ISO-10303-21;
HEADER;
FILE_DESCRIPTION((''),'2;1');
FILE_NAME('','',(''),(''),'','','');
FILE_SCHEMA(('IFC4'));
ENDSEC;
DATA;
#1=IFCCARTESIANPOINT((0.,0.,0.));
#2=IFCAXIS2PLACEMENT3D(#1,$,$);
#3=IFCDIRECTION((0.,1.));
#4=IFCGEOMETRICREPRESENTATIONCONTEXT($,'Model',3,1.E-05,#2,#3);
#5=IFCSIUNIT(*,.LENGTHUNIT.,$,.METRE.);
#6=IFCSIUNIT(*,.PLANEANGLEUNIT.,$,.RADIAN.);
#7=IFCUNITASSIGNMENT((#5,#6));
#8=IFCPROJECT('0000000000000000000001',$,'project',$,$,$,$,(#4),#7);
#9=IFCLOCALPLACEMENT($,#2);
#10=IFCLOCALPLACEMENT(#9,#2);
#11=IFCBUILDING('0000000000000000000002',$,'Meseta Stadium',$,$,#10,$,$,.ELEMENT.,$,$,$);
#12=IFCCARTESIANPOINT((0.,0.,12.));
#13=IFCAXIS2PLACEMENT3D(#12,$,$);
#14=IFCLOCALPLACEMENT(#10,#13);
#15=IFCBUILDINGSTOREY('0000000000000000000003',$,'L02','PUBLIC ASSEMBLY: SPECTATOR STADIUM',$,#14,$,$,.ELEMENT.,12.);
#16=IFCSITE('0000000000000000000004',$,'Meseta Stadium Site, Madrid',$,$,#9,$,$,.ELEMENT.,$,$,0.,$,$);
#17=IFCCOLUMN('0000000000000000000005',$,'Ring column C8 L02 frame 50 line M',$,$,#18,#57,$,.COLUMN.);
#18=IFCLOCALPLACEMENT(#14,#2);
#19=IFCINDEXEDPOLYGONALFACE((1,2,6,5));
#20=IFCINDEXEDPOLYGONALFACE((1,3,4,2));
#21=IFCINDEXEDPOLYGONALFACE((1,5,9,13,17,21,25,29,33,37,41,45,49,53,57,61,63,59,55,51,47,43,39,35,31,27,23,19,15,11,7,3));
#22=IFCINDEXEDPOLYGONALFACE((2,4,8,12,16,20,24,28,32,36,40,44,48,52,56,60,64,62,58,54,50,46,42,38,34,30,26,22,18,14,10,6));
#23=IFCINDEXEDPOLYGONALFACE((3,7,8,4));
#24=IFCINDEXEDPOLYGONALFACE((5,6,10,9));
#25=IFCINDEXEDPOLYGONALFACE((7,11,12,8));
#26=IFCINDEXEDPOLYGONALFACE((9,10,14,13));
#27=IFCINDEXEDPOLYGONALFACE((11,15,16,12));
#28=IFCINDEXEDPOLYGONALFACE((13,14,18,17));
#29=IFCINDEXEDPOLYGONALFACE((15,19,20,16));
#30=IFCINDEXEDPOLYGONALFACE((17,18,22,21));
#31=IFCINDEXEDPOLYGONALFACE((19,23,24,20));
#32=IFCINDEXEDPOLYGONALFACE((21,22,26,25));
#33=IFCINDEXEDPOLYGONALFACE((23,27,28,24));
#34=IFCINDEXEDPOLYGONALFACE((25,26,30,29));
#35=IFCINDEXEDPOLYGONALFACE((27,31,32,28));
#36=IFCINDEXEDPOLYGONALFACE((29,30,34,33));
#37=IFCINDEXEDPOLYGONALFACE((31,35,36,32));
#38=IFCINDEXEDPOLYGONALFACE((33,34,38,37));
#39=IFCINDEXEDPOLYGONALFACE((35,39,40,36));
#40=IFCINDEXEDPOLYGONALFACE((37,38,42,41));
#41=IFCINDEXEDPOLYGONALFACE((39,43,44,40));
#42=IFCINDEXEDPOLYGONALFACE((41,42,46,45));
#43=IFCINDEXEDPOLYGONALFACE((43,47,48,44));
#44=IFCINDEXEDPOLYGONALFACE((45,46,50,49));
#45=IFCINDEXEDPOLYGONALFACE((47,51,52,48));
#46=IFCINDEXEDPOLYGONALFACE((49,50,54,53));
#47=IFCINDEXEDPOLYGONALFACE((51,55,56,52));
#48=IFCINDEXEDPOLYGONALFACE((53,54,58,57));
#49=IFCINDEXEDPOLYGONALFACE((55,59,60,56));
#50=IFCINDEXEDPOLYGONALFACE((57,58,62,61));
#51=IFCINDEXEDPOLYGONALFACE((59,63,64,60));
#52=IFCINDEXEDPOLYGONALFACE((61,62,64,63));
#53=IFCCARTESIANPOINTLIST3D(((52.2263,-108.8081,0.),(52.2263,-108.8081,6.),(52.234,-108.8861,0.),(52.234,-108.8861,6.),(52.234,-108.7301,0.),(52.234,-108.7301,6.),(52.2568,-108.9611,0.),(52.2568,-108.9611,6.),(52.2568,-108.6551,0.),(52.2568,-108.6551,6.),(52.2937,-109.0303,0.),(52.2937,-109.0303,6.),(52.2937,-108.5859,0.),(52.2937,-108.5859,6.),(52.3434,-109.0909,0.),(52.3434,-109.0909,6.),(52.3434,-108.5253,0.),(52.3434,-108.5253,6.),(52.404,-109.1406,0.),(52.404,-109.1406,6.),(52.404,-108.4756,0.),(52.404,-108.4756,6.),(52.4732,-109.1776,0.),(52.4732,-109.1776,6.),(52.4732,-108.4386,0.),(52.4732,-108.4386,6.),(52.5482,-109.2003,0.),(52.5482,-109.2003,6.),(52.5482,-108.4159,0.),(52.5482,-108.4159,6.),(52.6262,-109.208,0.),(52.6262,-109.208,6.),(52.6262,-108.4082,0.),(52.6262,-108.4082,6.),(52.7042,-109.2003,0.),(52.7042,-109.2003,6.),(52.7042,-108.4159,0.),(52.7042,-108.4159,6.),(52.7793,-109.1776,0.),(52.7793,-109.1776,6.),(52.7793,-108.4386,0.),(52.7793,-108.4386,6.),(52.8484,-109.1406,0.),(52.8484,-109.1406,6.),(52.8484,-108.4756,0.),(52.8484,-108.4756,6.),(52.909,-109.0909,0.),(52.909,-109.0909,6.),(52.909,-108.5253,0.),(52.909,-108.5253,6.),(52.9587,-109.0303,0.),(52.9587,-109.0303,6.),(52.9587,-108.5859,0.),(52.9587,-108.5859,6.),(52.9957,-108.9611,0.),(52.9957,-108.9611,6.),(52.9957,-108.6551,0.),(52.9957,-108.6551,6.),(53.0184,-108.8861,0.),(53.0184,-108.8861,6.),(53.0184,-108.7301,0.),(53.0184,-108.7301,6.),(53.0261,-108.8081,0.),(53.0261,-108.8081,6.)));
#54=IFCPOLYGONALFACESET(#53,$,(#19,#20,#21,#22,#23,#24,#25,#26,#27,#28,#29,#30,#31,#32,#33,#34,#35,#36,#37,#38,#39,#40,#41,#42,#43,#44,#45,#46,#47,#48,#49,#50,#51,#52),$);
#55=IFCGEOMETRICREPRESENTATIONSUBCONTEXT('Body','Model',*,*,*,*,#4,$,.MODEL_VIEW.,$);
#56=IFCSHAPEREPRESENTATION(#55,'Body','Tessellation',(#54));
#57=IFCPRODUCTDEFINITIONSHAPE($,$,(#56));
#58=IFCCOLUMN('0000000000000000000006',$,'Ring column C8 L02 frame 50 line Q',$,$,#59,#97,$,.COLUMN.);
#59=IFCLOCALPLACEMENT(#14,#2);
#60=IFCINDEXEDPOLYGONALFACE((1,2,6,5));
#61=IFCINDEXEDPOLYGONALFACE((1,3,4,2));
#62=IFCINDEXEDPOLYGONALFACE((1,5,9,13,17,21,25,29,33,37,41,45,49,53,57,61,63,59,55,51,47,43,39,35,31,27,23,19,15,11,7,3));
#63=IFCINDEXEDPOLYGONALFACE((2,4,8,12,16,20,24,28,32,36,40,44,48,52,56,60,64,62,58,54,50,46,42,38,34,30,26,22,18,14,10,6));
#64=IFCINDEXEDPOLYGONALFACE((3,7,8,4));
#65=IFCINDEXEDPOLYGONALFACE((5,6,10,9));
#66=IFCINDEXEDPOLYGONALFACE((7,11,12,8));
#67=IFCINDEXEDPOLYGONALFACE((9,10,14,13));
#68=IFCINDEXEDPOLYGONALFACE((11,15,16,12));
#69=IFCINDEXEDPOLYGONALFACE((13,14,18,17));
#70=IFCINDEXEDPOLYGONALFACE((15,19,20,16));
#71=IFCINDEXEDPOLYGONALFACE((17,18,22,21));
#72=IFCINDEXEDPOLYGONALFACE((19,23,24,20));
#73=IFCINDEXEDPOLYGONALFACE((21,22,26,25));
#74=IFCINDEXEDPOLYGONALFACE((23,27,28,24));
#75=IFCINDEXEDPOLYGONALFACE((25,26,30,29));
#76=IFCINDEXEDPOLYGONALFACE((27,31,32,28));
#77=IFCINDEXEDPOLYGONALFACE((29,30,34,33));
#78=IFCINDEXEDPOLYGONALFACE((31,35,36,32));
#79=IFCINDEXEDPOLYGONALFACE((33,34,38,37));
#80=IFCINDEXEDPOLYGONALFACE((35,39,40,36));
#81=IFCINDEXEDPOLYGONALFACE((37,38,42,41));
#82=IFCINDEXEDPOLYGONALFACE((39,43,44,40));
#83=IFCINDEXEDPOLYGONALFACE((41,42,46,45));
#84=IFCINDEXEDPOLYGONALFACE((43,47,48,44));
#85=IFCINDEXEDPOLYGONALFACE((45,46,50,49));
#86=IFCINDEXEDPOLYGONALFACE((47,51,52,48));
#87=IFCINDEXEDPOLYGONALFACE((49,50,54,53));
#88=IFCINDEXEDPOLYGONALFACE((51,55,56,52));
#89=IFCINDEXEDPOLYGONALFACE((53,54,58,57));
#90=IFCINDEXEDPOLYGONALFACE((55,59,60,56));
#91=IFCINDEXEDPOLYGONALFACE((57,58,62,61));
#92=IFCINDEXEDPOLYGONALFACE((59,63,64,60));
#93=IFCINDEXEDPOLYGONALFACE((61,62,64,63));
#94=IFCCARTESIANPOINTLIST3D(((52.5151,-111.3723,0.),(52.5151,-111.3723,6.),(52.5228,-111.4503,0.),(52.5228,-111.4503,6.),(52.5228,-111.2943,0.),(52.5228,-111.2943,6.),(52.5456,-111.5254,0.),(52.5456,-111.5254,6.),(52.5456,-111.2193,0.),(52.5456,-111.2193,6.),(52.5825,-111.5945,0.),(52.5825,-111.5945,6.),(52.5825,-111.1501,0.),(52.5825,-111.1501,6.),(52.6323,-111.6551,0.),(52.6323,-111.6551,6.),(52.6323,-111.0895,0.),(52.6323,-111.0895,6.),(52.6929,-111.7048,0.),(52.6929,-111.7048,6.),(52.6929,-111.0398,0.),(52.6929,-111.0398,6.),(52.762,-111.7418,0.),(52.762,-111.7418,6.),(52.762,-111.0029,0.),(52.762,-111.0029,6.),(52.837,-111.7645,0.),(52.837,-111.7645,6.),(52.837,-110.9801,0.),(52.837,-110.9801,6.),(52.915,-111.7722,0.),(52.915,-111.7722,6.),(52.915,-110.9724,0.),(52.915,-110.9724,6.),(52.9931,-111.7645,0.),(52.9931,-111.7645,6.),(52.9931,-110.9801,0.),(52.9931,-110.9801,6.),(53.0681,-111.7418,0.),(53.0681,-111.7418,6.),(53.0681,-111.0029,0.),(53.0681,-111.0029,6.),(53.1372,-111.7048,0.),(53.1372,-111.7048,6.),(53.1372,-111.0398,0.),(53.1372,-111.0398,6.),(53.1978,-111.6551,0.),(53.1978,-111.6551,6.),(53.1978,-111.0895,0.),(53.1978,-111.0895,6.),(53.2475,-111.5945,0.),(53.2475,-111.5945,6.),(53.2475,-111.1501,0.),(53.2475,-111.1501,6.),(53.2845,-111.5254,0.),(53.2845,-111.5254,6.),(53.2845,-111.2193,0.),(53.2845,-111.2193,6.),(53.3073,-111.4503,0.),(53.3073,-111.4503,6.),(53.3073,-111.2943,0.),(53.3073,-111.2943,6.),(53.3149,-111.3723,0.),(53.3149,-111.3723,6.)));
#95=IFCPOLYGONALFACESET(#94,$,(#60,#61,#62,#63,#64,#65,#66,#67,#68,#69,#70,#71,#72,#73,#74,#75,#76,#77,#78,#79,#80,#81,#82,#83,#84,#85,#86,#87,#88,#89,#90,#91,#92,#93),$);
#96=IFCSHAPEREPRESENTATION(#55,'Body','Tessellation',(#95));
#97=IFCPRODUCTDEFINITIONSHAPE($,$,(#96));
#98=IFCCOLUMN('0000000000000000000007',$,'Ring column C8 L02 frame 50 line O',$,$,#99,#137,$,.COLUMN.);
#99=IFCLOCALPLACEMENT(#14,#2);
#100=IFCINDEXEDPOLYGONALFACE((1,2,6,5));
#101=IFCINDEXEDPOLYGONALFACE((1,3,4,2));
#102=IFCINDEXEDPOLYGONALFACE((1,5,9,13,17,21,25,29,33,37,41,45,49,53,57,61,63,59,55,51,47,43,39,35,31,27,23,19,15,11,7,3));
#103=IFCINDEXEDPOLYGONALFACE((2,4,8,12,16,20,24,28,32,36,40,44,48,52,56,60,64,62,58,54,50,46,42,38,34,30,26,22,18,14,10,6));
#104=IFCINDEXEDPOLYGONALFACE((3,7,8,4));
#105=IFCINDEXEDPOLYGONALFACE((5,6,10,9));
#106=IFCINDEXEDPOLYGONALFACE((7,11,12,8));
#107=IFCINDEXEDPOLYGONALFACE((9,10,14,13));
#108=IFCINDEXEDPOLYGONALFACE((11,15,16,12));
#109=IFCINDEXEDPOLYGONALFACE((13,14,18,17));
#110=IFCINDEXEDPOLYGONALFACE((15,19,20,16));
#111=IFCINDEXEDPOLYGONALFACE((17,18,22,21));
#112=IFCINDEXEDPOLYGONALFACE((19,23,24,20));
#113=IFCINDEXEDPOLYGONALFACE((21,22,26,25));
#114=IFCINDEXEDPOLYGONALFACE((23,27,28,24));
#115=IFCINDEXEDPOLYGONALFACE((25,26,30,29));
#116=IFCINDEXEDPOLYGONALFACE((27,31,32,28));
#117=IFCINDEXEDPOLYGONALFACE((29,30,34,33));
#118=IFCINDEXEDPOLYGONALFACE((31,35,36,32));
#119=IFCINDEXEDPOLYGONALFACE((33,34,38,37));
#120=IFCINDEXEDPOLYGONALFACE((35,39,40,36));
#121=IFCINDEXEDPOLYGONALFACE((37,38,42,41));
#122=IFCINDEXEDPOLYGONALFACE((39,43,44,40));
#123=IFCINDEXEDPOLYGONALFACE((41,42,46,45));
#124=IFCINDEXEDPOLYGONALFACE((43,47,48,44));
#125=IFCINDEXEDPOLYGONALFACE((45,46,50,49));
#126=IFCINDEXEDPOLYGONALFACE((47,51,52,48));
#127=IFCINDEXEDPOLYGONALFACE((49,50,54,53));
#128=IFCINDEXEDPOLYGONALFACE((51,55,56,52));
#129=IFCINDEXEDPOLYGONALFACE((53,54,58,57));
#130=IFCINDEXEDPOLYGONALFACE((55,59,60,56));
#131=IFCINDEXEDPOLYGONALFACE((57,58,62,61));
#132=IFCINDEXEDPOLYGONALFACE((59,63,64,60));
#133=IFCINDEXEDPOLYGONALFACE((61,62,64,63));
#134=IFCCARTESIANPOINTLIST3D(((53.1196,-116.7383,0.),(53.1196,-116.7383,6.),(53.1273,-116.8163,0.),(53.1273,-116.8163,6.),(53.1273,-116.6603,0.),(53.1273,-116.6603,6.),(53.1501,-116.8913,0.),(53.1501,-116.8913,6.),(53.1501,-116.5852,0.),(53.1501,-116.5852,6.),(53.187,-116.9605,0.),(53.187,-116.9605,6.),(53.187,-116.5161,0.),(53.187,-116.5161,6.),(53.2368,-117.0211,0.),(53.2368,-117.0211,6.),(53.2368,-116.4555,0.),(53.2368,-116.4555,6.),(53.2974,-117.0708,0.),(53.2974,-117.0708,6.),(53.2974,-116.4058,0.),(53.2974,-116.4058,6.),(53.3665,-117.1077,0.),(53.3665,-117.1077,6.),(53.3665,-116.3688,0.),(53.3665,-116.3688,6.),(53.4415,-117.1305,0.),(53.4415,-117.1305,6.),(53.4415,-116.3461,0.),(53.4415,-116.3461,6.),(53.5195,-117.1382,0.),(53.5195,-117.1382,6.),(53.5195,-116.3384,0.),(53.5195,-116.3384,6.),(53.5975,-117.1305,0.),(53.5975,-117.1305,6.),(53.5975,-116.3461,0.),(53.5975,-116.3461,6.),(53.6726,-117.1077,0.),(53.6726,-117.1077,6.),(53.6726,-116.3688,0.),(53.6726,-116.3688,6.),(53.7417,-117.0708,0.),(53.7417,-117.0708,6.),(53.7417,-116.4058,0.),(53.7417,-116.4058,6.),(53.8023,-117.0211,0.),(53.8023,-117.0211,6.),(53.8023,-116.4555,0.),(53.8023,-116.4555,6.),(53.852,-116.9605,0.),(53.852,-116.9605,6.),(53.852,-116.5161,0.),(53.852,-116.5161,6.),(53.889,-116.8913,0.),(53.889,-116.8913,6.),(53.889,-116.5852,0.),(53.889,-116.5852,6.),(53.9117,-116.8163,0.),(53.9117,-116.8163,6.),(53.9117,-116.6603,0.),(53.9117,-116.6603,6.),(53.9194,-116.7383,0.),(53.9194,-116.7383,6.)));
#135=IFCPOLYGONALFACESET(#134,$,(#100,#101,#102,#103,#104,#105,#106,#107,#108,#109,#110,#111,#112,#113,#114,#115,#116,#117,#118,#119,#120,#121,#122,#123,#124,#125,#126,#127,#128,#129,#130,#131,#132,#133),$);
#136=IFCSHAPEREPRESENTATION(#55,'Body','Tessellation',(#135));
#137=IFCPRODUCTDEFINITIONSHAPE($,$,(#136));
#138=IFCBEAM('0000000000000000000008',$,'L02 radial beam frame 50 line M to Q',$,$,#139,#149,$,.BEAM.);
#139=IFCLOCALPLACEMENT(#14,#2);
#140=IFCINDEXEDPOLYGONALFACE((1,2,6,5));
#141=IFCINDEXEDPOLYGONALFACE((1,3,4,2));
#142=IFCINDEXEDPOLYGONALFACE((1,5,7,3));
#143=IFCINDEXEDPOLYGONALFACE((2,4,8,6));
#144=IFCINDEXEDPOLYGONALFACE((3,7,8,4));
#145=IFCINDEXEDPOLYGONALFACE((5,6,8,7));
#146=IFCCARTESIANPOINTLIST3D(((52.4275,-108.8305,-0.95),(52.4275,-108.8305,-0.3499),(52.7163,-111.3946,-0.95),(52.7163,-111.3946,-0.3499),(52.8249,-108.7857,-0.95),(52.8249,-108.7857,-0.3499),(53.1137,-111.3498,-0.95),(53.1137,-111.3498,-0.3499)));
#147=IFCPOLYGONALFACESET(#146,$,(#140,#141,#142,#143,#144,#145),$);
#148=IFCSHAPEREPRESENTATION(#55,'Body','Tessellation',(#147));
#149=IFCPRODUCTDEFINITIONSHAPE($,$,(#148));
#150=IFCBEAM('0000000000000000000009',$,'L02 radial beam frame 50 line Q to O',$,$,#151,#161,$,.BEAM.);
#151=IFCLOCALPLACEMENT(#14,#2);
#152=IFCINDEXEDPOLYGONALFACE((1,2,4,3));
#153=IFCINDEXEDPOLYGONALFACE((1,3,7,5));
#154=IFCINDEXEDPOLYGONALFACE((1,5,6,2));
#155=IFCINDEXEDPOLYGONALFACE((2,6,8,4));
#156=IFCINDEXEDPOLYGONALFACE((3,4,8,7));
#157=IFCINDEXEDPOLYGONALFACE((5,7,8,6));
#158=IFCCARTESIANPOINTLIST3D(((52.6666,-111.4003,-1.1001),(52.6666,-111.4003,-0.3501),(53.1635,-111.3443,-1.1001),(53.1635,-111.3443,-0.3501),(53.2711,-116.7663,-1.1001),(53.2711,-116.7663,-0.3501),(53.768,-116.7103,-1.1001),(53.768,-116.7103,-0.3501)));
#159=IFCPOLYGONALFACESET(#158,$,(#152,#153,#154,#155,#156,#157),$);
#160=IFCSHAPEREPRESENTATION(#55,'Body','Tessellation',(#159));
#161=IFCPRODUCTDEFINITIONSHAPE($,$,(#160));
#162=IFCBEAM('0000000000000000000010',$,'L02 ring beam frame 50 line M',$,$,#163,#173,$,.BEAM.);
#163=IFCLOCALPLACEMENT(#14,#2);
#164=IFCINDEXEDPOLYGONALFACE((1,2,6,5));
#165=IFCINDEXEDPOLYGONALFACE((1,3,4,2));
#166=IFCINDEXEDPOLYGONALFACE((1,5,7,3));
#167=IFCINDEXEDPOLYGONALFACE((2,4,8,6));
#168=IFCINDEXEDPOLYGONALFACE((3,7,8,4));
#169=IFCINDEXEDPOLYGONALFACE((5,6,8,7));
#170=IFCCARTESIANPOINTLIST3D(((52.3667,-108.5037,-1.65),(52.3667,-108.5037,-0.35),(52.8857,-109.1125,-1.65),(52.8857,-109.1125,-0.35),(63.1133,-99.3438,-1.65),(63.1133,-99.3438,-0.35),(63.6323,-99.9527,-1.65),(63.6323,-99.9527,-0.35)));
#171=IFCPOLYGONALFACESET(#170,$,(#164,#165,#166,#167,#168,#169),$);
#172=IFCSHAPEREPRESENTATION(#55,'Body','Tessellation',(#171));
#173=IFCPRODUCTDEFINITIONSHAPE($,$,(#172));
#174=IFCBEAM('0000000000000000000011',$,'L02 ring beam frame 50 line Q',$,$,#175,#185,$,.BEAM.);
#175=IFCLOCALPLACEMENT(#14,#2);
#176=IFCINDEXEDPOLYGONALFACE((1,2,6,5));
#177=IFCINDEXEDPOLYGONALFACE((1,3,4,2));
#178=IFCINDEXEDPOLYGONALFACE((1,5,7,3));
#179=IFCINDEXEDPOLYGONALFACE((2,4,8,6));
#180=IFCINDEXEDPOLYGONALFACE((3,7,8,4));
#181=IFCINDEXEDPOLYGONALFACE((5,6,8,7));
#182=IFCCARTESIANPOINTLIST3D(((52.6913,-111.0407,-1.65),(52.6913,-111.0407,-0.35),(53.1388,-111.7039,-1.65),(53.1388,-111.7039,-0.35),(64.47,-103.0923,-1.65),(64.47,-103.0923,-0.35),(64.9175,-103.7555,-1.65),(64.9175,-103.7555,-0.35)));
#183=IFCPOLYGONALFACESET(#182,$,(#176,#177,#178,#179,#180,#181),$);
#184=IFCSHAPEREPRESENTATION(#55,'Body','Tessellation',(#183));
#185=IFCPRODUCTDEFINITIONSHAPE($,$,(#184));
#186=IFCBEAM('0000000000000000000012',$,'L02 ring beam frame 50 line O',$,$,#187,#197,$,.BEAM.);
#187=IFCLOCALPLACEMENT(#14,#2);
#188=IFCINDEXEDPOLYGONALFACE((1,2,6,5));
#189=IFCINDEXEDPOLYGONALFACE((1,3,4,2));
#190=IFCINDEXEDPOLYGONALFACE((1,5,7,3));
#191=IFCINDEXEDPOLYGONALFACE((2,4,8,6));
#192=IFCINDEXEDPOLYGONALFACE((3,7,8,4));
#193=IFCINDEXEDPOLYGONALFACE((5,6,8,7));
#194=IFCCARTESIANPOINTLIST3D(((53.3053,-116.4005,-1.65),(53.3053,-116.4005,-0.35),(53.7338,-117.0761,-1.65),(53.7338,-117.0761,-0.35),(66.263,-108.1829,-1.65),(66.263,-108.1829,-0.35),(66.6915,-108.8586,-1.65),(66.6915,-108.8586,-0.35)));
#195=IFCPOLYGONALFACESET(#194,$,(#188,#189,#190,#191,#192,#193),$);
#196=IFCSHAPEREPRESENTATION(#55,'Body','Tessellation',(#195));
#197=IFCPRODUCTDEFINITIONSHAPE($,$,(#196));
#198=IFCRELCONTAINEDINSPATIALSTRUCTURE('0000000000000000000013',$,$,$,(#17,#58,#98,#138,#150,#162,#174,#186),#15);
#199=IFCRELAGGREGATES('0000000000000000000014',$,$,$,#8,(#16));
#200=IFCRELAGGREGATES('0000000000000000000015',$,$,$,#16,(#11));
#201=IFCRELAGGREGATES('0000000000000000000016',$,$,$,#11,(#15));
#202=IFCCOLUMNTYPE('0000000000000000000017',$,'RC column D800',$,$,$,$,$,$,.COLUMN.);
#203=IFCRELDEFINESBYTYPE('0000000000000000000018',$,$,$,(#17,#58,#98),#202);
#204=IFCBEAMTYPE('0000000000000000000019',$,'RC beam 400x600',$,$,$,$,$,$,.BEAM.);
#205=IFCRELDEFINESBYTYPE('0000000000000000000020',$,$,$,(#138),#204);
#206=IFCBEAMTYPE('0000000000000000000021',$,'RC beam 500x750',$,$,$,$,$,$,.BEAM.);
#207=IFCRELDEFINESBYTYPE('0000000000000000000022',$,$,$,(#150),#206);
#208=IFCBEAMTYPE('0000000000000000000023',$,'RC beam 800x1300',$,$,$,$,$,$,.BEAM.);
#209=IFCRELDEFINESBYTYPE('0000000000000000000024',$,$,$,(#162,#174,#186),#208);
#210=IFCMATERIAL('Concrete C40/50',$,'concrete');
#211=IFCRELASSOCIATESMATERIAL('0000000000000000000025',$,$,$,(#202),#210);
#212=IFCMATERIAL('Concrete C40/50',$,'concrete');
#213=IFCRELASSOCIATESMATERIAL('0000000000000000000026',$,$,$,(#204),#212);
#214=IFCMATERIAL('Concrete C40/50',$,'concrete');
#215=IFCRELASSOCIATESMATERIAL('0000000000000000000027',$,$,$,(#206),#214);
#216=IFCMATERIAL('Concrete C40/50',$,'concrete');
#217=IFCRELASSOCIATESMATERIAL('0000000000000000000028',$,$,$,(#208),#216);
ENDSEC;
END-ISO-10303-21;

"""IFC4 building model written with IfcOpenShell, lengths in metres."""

from ifc_helpers import new_model, si_unit, direction, frame, origin, origin_2d, place, context, subcontext, project, spatial, rectangle, circle, extrude, material, material_profile, profile_set, type_object, element, save


model = new_model("IFC4")

# Units and contexts
model_context = context("Model", 3, precision=1e-05, world=origin(), true_north=direction((0.0, 1.0)))
body_context = subcontext(model_context, "Body", "Model", "MODEL_VIEW")
ifc_project = project(units=[si_unit("LENGTHUNIT", "METRE"), si_unit("PLANEANGLEUNIT", "RADIAN")], contexts=[model_context])

# Site, building, storey
site_placement = place(None, origin())
site = spatial("IfcSite", under=ifc_project, at=site_placement, Name="Meseta Stadium Site, Madrid", CompositionType="ELEMENT", RefElevation=0.0)
building_placement = place(site_placement, origin())
building = spatial("IfcBuilding", under=site, at=building_placement, Name="Meseta Stadium", CompositionType="ELEMENT")
storey_placement = place(building_placement, frame((0.0, 0.0, 12.0)))
storey = spatial("IfcBuildingStorey", under=building, at=storey_placement, Name="L02", Description="PUBLIC ASSEMBLY: SPECTATOR STADIUM", CompositionType="ELEMENT", Elevation=12.0)

# Columns
ifc_material_1 = material(Name="Concrete C40/50", Category="concrete")
ifc_material_profile_1 = material_profile(ifc_material_1, circle(Radius=0.3999, at=origin_2d()), Name="RC D800")
ifc_profile_set_1 = profile_set([ifc_material_profile_1], Name="Concrete C40/50")
column_type = type_object("IfcColumnType", Name="RC column D800", PredefinedType="COLUMN", material=ifc_profile_set_1)
for number, where, z_axis, x_axis, name in (
    (1, (52.6262, -108.8081, 0.0), (0.0, 0.0, 1.0), (1.0, 0.0, 0.0), "Ring column C8 L02 frame 50 line M"),
    (2, (52.915, -111.3723, 0.0), (0.0, 0.0, 1.0), (1.0, 0.0, 0.0), "Ring column C8 L02 frame 50 line Q"),
    (3, (53.5195, -116.7383, 0.0), (0.0, 0.0, 1.0), (1.0, 0.0, 0.0), "Ring column C8 L02 frame 50 line O"),
):
    element("IfcColumn", number, at=place(storey_placement, frame(where, z_axis=z_axis, x_axis=x_axis)), inside=storey, type_object=column_type, Name=name, PredefinedType="COLUMN", context=body_context, shape_type="SweptSolid", body=[
        extrude(circle(Radius=0.3999, at=origin_2d()), origin(), (0.0, 0.0, 1.0), 6.0),
    ])

# Beams
ifc_material_2 = material(Name="Concrete C40/50", Category="concrete")
ifc_material_profile_2 = material_profile(ifc_material_2, rectangle(XDim=0.3999, YDim=0.6001, at=origin_2d()), Name="RC 400x600")
ifc_profile_set_2 = profile_set([ifc_material_profile_2], Name="Concrete C40/50")
beam_type_1 = type_object("IfcBeamType", Name="RC beam 400x600", PredefinedType="BEAM", material=ifc_profile_set_2)
beam_1_placement = place(storey_placement, frame((52.6262, -108.8081, -0.6499), z_axis=(0.111927, -0.993716, 0.0), x_axis=(0.993716, 0.111927, 0.0)))
element("IfcBeam", 4, at=beam_1_placement, inside=storey, type_object=beam_type_1, Name="L02 radial beam frame 50 line M to Q", PredefinedType="BEAM", context=body_context, shape_type="SweptSolid", body=[
    extrude(rectangle(XDim=0.3999, YDim=0.6001, at=origin_2d()), origin(), (0.0, 0.0, 1.0), 2.5803),
])
ifc_material_3 = material(Name="Concrete C40/50", Category="concrete")
ifc_material_profile_3 = material_profile(ifc_material_3, rectangle(XDim=0.5, YDim=0.75, at=origin_2d()), Name="RC 500x750")
ifc_profile_set_3 = profile_set([ifc_material_profile_3], Name="Concrete C40/50")
beam_type_2 = type_object("IfcBeamType", Name="RC beam 500x750", PredefinedType="BEAM", material=ifc_profile_set_3)
beam_2_placement = place(storey_placement, frame((52.915, -111.3723, -0.7251), z_axis=(0.111945, -0.993714, 0.0), x_axis=(0.993714, 0.111945, 0.0)))
element("IfcBeam", 5, at=beam_2_placement, inside=storey, type_object=beam_type_2, Name="L02 radial beam frame 50 line Q to O", PredefinedType="BEAM", context=body_context, shape_type="SweptSolid", body=[
    extrude(rectangle(XDim=0.5, YDim=0.75, at=origin_2d()), origin(), (0.0, 0.0, 1.0), 5.3999),
])
ifc_material_4 = material(Name="Concrete C40/50", Category="concrete")
ifc_material_profile_4 = material_profile(ifc_material_4, rectangle(XDim=0.8, YDim=1.3, at=origin_2d()), Name="RC 800x1300")
ifc_profile_set_4 = profile_set([ifc_material_profile_4], Name="Concrete C40/50")
beam_type_3 = type_object("IfcBeamType", Name="RC beam 800x1300", PredefinedType="BEAM", material=ifc_profile_set_4)
beam_3_placement = place(storey_placement, frame((52.6262, -108.8081, -1.0), z_axis=(0.761054, 0.648689, 0.0), x_axis=(-0.648689, 0.761054, 0.0)))
element("IfcBeam", 6, at=beam_3_placement, inside=storey, type_object=beam_type_3, Name="L02 ring beam frame 50 line M", PredefinedType="BEAM", context=body_context, shape_type="SweptSolid", body=[
    extrude(rectangle(XDim=0.8, YDim=1.3, at=origin_2d()), origin(), (0.0, 0.0, 1.0), 14.1206),
])
beam_4_placement = place(storey_placement, frame((52.915, -111.3723, -1.0), z_axis=(0.828921, 0.559366, 0.0), x_axis=(-0.559366, 0.828921, 0.0)))
element("IfcBeam", 7, at=beam_4_placement, inside=storey, type_object=beam_type_3, Name="L02 ring beam frame 50 line Q", PredefinedType="BEAM", context=body_context, shape_type="SweptSolid", body=[
    extrude(rectangle(XDim=0.8, YDim=1.3, at=origin_2d()), origin(), (0.0, 0.0, 1.0), 14.2097),
])
beam_5_placement = place(storey_placement, frame((53.5195, -116.7383, -1.0), z_axis=(0.844496, 0.535561, 0.0), x_axis=(-0.535561, 0.844496, 0.0)))
element("IfcBeam", 8, at=beam_5_placement, inside=storey, type_object=beam_type_3, Name="L02 ring beam frame 50 line O", PredefinedType="BEAM", context=body_context, shape_type="SweptSolid", body=[
    extrude(rectangle(XDim=0.8, YDim=1.3, at=origin_2d()), origin(), (0.0, 0.0, 1.0), 15.3438),
])

save(model, "model.ifc")
